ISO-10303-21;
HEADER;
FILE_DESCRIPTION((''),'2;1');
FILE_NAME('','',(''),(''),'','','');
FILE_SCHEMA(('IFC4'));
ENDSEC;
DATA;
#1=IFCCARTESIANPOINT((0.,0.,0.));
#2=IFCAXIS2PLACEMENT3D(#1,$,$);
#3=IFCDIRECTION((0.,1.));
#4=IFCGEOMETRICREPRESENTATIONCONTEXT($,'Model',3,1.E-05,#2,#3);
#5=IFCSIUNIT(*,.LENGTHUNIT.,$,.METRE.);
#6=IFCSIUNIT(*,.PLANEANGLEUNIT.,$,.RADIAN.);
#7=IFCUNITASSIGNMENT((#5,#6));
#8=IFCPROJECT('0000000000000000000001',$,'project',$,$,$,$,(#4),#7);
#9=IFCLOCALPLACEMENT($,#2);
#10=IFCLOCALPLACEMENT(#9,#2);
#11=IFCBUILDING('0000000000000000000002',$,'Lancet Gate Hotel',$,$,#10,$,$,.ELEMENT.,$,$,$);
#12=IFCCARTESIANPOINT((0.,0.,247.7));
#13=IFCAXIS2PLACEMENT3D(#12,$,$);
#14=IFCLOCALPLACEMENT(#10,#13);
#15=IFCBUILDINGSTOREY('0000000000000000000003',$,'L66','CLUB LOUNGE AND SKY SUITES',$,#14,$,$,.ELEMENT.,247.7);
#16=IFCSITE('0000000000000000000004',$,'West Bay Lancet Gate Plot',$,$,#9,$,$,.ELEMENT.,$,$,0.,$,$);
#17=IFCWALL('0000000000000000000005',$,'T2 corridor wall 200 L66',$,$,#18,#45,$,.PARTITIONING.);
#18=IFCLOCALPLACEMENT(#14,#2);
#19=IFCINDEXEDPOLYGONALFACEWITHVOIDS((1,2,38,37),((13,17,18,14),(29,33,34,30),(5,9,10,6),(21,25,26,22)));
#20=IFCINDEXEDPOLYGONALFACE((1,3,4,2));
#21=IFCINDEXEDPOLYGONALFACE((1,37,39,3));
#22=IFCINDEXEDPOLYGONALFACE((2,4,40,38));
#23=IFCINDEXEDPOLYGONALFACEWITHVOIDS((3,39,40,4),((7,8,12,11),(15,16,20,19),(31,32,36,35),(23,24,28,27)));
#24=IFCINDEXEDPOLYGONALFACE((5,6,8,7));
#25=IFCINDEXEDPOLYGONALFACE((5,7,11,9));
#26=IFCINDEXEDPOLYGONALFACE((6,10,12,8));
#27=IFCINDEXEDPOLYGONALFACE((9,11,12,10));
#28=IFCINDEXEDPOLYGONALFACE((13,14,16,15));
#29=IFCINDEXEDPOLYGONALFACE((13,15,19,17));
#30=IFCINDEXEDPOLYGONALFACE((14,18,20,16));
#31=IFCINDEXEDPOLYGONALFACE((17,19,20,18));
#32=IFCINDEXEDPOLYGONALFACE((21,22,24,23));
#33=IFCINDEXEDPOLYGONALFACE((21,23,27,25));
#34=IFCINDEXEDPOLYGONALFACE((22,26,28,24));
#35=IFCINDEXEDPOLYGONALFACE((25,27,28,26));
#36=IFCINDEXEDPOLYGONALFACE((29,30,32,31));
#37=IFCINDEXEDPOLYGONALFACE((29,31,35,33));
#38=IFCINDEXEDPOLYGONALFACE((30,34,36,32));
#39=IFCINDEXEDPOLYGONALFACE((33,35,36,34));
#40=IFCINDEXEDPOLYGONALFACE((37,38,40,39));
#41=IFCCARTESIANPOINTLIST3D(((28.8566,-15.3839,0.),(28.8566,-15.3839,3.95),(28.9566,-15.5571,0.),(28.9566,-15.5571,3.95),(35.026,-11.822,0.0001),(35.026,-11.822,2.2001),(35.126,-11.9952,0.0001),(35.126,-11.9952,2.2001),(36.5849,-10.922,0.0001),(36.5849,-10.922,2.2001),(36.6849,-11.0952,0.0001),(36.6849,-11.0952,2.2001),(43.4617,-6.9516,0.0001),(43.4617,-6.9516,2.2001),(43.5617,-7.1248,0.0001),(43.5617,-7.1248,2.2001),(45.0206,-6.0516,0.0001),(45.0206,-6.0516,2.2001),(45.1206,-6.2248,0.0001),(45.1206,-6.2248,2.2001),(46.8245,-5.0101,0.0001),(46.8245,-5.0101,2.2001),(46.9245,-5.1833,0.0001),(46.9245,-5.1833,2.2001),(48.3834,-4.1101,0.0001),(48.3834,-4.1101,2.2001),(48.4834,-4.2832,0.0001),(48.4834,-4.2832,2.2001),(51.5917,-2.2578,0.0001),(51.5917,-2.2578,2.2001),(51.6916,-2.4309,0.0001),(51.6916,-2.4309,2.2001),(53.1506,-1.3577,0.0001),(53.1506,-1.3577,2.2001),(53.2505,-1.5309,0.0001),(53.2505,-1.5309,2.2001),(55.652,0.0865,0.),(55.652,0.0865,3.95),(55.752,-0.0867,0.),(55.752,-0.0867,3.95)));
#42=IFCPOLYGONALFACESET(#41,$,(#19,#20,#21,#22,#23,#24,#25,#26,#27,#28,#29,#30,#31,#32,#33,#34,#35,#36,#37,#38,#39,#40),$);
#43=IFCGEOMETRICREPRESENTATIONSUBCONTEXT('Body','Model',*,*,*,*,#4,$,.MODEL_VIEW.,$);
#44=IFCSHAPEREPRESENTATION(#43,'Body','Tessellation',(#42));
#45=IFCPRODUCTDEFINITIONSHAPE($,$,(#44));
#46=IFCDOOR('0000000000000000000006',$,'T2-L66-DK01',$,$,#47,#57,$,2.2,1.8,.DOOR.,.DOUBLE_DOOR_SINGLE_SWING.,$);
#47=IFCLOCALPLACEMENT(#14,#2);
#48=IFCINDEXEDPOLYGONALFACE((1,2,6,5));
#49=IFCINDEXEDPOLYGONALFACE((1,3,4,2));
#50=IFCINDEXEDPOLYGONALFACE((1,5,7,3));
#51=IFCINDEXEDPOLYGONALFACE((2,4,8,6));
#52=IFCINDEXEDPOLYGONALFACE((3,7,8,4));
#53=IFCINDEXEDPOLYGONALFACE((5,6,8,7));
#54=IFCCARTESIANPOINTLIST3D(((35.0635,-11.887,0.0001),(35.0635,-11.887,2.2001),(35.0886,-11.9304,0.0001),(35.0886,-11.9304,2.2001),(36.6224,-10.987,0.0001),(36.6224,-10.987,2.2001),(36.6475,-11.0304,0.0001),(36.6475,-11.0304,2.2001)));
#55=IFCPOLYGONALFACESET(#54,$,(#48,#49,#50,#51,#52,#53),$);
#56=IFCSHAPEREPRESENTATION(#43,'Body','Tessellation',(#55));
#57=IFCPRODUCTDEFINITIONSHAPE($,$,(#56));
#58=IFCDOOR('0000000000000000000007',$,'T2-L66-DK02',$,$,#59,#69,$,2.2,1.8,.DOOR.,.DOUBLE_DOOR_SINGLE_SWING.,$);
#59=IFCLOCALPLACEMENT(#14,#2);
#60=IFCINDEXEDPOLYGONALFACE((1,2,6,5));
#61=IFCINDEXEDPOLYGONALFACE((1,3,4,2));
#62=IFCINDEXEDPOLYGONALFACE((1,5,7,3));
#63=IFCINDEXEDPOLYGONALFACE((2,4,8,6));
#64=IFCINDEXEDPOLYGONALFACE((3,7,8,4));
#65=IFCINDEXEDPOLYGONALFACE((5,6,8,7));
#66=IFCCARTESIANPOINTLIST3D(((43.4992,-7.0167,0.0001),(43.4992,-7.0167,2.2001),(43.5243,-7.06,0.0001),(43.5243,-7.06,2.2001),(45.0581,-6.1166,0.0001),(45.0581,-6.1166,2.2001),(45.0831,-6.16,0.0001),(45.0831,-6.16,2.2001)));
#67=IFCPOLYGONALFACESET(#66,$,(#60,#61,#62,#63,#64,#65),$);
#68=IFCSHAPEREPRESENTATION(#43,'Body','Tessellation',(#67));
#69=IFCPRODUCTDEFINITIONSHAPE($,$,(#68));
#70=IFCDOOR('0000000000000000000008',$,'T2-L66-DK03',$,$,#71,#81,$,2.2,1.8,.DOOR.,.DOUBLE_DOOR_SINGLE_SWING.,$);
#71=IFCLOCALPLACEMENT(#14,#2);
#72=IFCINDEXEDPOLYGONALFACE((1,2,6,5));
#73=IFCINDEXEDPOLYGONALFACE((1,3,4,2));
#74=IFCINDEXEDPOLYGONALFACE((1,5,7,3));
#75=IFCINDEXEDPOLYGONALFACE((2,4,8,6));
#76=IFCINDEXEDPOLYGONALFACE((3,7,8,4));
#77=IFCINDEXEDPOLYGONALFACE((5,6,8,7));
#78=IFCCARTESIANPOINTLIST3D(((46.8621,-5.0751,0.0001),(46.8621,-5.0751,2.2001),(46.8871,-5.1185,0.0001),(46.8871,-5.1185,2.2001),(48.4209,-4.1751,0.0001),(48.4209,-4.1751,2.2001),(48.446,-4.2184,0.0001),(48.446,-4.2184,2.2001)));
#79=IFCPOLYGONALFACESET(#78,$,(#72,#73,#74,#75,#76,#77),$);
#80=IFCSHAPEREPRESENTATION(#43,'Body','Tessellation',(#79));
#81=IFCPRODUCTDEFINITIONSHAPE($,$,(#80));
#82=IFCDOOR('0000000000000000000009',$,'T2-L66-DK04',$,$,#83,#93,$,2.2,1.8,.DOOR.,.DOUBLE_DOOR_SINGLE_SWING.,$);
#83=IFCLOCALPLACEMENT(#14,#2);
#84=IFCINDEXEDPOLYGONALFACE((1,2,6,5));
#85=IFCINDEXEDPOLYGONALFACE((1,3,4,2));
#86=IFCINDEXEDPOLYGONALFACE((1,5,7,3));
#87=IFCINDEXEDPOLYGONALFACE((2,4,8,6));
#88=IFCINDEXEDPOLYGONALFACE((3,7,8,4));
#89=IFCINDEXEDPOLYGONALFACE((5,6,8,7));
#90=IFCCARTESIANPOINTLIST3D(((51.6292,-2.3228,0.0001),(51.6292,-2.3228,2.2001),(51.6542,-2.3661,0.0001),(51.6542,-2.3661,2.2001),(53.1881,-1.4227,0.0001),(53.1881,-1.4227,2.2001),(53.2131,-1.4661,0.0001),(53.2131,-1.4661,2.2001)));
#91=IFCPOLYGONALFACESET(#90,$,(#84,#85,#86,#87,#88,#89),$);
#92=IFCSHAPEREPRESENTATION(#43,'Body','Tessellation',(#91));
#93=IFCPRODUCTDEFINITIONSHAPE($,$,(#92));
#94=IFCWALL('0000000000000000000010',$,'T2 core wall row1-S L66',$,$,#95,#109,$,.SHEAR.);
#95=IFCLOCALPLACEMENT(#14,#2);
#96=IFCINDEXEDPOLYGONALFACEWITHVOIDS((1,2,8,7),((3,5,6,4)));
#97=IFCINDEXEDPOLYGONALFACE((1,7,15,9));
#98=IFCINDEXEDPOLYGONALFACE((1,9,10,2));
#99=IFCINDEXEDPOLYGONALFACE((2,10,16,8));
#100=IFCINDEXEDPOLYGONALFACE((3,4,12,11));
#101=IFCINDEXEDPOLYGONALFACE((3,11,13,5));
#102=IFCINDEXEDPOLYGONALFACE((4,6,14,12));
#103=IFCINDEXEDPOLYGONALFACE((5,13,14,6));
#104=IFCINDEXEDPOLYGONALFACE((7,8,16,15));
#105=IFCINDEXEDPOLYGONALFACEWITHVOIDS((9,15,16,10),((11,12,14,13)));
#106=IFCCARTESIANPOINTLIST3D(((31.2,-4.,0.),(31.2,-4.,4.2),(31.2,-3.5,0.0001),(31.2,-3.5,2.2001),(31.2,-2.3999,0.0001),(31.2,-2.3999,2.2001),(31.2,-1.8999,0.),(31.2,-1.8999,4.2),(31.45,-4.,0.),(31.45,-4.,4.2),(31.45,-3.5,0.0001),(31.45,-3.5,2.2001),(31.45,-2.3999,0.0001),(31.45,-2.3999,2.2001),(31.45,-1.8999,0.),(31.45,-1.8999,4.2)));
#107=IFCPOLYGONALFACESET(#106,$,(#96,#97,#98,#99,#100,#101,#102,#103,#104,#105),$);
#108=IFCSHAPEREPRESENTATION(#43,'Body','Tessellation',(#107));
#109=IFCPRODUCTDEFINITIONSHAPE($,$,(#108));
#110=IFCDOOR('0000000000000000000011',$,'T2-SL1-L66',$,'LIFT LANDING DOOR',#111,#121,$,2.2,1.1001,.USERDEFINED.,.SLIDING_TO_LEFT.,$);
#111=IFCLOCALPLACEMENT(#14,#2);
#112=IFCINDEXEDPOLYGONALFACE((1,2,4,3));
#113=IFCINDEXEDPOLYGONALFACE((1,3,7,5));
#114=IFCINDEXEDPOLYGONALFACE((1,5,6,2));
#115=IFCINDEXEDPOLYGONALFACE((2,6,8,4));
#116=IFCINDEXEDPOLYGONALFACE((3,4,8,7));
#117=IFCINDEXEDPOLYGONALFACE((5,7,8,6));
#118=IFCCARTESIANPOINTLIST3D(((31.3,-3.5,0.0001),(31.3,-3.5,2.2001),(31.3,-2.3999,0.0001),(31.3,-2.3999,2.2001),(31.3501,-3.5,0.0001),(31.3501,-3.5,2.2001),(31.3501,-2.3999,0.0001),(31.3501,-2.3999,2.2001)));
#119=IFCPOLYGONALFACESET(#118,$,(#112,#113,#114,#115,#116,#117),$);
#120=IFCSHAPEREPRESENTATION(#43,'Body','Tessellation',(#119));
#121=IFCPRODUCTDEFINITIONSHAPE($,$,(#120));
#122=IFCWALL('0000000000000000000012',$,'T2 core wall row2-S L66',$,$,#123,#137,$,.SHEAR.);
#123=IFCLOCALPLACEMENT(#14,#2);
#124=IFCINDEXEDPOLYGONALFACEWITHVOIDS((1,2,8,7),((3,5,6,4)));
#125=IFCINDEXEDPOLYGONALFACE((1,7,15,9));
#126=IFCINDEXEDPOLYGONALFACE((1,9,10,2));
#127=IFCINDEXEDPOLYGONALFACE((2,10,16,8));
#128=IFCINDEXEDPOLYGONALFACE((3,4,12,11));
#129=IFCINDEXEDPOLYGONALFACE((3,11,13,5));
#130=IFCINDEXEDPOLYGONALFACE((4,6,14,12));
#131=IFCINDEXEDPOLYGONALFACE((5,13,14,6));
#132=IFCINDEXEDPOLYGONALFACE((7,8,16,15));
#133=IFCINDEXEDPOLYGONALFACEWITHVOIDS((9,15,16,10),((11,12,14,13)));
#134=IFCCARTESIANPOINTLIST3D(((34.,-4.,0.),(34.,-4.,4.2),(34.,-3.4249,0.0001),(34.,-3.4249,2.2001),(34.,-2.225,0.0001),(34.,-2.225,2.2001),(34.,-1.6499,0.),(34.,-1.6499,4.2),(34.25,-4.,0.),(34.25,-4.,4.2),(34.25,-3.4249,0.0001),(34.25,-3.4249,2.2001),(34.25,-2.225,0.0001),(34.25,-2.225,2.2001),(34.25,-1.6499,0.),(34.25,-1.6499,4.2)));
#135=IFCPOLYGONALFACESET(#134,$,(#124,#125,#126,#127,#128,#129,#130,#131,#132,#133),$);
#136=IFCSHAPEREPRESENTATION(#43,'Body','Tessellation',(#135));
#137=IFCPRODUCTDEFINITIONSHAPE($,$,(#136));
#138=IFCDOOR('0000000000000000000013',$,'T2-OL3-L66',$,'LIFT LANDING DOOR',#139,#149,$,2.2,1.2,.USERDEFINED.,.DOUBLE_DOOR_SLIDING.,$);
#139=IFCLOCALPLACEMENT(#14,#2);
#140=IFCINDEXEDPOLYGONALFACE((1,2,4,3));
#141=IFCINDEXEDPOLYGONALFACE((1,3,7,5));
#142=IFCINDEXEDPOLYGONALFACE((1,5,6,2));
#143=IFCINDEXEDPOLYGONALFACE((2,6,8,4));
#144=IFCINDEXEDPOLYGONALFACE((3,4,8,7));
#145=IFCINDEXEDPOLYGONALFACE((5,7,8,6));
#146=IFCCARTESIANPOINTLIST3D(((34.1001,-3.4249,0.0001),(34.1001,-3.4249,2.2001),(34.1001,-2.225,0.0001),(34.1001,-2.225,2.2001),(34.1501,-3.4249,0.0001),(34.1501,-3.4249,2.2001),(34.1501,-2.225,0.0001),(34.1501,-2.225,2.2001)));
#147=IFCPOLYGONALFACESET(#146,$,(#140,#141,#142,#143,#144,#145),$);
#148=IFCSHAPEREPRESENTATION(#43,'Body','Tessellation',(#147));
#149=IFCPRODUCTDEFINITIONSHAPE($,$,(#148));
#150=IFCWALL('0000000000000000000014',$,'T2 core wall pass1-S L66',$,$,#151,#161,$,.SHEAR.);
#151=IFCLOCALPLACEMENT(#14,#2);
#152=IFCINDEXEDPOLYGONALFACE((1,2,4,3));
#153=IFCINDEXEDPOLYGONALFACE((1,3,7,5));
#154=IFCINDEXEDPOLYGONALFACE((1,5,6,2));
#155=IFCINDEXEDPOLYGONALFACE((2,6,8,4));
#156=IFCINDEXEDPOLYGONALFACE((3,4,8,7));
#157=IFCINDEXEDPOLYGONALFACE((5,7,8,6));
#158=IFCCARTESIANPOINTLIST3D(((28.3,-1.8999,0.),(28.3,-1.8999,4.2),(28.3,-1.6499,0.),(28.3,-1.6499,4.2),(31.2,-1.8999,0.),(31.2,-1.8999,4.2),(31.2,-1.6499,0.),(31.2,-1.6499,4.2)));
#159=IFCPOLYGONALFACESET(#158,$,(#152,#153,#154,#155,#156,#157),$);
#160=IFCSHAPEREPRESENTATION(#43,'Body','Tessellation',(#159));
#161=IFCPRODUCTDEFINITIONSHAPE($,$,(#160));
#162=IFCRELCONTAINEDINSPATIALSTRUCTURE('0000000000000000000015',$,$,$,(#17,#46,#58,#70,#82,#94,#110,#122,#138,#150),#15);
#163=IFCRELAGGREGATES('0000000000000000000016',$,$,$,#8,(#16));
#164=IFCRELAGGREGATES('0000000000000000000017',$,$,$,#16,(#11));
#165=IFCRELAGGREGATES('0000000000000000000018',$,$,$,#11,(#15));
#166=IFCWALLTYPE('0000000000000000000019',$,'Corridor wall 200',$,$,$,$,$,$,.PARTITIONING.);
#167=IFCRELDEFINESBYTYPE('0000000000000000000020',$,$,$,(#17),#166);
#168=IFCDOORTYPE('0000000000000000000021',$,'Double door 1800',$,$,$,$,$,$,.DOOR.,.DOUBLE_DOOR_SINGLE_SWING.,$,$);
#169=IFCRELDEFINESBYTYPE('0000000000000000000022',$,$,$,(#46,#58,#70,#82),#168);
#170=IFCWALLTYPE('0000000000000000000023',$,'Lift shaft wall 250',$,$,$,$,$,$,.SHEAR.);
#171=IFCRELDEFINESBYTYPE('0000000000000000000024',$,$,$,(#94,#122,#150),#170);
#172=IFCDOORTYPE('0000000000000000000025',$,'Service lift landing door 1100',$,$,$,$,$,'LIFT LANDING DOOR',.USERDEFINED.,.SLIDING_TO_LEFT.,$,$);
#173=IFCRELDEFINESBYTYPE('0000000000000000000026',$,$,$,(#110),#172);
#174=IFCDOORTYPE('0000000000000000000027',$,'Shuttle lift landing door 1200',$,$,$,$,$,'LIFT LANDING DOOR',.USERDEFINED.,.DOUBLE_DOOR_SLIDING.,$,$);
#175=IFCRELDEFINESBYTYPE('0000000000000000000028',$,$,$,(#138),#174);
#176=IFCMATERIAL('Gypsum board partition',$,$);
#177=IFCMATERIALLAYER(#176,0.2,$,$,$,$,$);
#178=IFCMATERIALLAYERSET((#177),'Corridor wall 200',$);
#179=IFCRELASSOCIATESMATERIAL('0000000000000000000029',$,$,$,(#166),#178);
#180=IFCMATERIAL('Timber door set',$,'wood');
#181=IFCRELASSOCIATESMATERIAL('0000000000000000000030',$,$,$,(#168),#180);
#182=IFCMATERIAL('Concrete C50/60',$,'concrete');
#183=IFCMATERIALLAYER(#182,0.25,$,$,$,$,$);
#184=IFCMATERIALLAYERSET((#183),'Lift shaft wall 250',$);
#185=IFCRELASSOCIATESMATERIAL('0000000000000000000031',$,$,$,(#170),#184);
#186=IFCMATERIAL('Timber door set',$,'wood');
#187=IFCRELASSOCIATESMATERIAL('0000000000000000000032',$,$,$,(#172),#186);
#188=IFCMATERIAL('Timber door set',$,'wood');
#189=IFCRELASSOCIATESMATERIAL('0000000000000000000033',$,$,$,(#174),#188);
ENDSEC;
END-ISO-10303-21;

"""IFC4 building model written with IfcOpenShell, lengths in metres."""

from ifc_helpers import new_model, si_unit, direction, frame, frame_2d, origin, place, context, subcontext, project, spatial, rectangle, extrude, material, layer, layer_set, type_object, element, fill, save


model = new_model("IFC4")

# Units and contexts
model_context = context("Model", 3, precision=1e-05, world=origin(), true_north=direction((0.0, 1.0)))
body_context = subcontext(model_context, "Body", "Model", "MODEL_VIEW")
ifc_project = project(units=[si_unit("LENGTHUNIT", "METRE"), si_unit("PLANEANGLEUNIT", "RADIAN")], contexts=[model_context])

# Site, building, storey
site_placement = place(None, origin())
site = spatial("IfcSite", under=ifc_project, at=site_placement, Name="West Bay Lancet Gate Plot", CompositionType="ELEMENT", RefElevation=0.0)
building_placement = place(site_placement, origin())
building = spatial("IfcBuilding", under=site, at=building_placement, Name="Lancet Gate Hotel", CompositionType="ELEMENT")
storey_placement = place(building_placement, frame((0.0, 0.0, 247.7)))
storey = spatial("IfcBuildingStorey", under=building, at=storey_placement, Name="L66", Description="CLUB LOUNGE AND SKY SUITES", CompositionType="ELEMENT", Elevation=247.7)

# Wall, openings, doors
ifc_material_1 = material(Name="Gypsum board partition")
ifc_layer_1 = layer(ifc_material_1, 0.2)
ifc_layer_set_1 = layer_set([ifc_layer_1], Name="Corridor wall 200")
wall_type_1 = type_object("IfcWallType", Name="Corridor wall 200", PredefinedType="PARTITIONING", material=ifc_layer_set_1)
wall_1_placement = place(storey_placement, frame((28.9067, -15.4705, 0.0), z_axis=(0.0, 0.0, 1.0), x_axis=(0.866024, 0.500003, 0.0)))
wall_1 = element("IfcWall", 1, at=wall_1_placement, inside=storey, type_object=wall_type_1, Name="T2 corridor wall 200 L66", PredefinedType="PARTITIONING", context=body_context, shape_type="SweptSolid", body=[
    extrude(rectangle(XDim=30.9407, YDim=0.2, at=frame_2d((15.4702, 0.0))), origin(), (0.0, 0.0, 1.0), 3.95),
])
opening_1_placement = place(wall_1_placement, frame((7.1238, 0.0, 0.0)))
opening_1 = element("IfcOpeningElement", 2, at=opening_1_placement, cuts=wall_1, PredefinedType="OPENING", context=body_context, shape_type="SweptSolid", body=[
    extrude(rectangle(XDim=1.8, YDim=2.2, at=frame_2d((0.8999, 1.1001))), frame((0.0, 0.1099, 0.0), z_axis=(0.0, -1.0, 0.0), x_axis=(1.0, 0.0, 0.0)), (0.0, 0.0, 1.0), 0.22),
])
opening_2_placement = place(wall_1_placement, frame((16.8645, 0.0, 0.0)))
opening_2 = element("IfcOpeningElement", 3, at=opening_2_placement, cuts=wall_1, PredefinedType="OPENING", context=body_context, shape_type="SweptSolid", body=[
    extrude(rectangle(XDim=1.8, YDim=2.2, at=frame_2d((0.8999, 1.1001))), frame((0.0, 0.1099, 0.0), z_axis=(0.0, -1.0, 0.0), x_axis=(1.0, 0.0, 0.0)), (0.0, 0.0, 1.0), 0.22),
])
opening_3_placement = place(wall_1_placement, frame((20.7476, 0.0, 0.0)))
opening_3 = element("IfcOpeningElement", 4, at=opening_3_placement, cuts=wall_1, PredefinedType="OPENING", context=body_context, shape_type="SweptSolid", body=[
    extrude(rectangle(XDim=1.8, YDim=2.2, at=frame_2d((0.8999, 1.1001))), frame((0.0, 0.1099, 0.0), z_axis=(0.0, -1.0, 0.0), x_axis=(1.0, 0.0, 0.0)), (0.0, 0.0, 1.0), 0.22),
])
opening_4_placement = place(wall_1_placement, frame((26.2522, 0.0, 0.0)))
opening_4 = element("IfcOpeningElement", 5, at=opening_4_placement, cuts=wall_1, PredefinedType="OPENING", context=body_context, shape_type="SweptSolid", body=[
    extrude(rectangle(XDim=1.8, YDim=2.2, at=frame_2d((0.8999, 1.1001))), frame((0.0, 0.1099, 0.0), z_axis=(0.0, -1.0, 0.0), x_axis=(1.0, 0.0, 0.0)), (0.0, 0.0, 1.0), 0.22),
])
ifc_material_2 = material(Name="Timber door set", Category="wood")
door_type_1 = type_object("IfcDoorType", Name="Double door 1800", OperationType="DOUBLE_DOOR_SINGLE_SWING", PredefinedType="DOOR", material=ifc_material_2)
door_1_placement = place(opening_1_placement, origin())
door_1 = element("IfcDoor", 6, at=door_1_placement, inside=storey, type_object=door_type_1, Name="T2-L66-DK01", OperationType="DOUBLE_DOOR_SINGLE_SWING", OverallHeight=2.2, OverallWidth=1.8, PredefinedType="DOOR", context=body_context, shape_type="SweptSolid", body=[
    extrude(rectangle(XDim=1.8, YDim=2.2, at=frame_2d((0.8999, 1.1001))), frame((0.0, 0.0249, 0.0), z_axis=(0.0, -1.0, 0.0), x_axis=(1.0, 0.0, 0.0)), (0.0, 0.0, 1.0), 0.05),
])
fill(opening_1, door_1)
door_2_placement = place(opening_2_placement, origin())
door_2 = element("IfcDoor", 7, at=door_2_placement, inside=storey, type_object=door_type_1, Name="T2-L66-DK02", OperationType="DOUBLE_DOOR_SINGLE_SWING", OverallHeight=2.2, OverallWidth=1.8, PredefinedType="DOOR", context=body_context, shape_type="SweptSolid", body=[
    extrude(rectangle(XDim=1.8, YDim=2.2, at=frame_2d((0.8999, 1.1001))), frame((0.0, 0.0249, 0.0), z_axis=(0.0, -1.0, 0.0), x_axis=(1.0, 0.0, 0.0)), (0.0, 0.0, 1.0), 0.05),
])
fill(opening_2, door_2)
door_3_placement = place(opening_3_placement, origin())
door_3 = element("IfcDoor", 8, at=door_3_placement, inside=storey, type_object=door_type_1, Name="T2-L66-DK03", OperationType="DOUBLE_DOOR_SINGLE_SWING", OverallHeight=2.2, OverallWidth=1.8, PredefinedType="DOOR", context=body_context, shape_type="SweptSolid", body=[
    extrude(rectangle(XDim=1.8, YDim=2.2, at=frame_2d((0.8999, 1.1001))), frame((0.0, 0.0249, 0.0), z_axis=(0.0, -1.0, 0.0), x_axis=(1.0, 0.0, 0.0)), (0.0, 0.0, 1.0), 0.05),
])
fill(opening_3, door_3)
door_4_placement = place(opening_4_placement, origin())
door_4 = element("IfcDoor", 9, at=door_4_placement, inside=storey, type_object=door_type_1, Name="T2-L66-DK04", OperationType="DOUBLE_DOOR_SINGLE_SWING", OverallHeight=2.2, OverallWidth=1.8, PredefinedType="DOOR", context=body_context, shape_type="SweptSolid", body=[
    extrude(rectangle(XDim=1.8, YDim=2.2, at=frame_2d((0.8999, 1.1001))), frame((0.0, 0.0249, 0.0), z_axis=(0.0, -1.0, 0.0), x_axis=(1.0, 0.0, 0.0)), (0.0, 0.0, 1.0), 0.05),
])
fill(opening_4, door_4)

# Walls, openings, doors
ifc_material_3 = material(Name="Concrete C50/60", Category="concrete")
ifc_layer_2 = layer(ifc_material_3, 0.25)
ifc_layer_set_2 = layer_set([ifc_layer_2], Name="Lift shaft wall 250")
wall_type_2 = type_object("IfcWallType", Name="Lift shaft wall 250", PredefinedType="SHEAR", material=ifc_layer_set_2)
wall_2_placement = place(storey_placement, frame((31.325, -4.0, 0.0), z_axis=(0.0, 0.0, 1.0), x_axis=(0.0, 1.0, 0.0)))
wall_2 = element("IfcWall", 10, at=wall_2_placement, inside=storey, type_object=wall_type_2, Name="T2 core wall row1-S L66", PredefinedType="SHEAR", context=body_context, shape_type="SweptSolid", body=[
    extrude(rectangle(XDim=2.1001, YDim=0.25, at=frame_2d((1.05, 0.0))), origin(), (0.0, 0.0, 1.0), 4.2),
])
opening_5_placement = place(wall_2_placement, frame((0.5, 0.0, 0.0)))
opening_5 = element("IfcOpeningElement", 11, at=opening_5_placement, cuts=wall_2, PredefinedType="OPENING", context=body_context, shape_type="SweptSolid", body=[
    extrude(rectangle(XDim=1.1001, YDim=2.2, at=frame_2d((0.55, 1.1001))), frame((0.0, 0.135, 0.0), z_axis=(0.0, -1.0, 0.0), x_axis=(1.0, 0.0, 0.0)), (0.0, 0.0, 1.0), 0.27),
])
ifc_material_4 = material(Name="Timber door set", Category="wood")
door_type_2 = type_object("IfcDoorType", Name="Service lift landing door 1100", ElementType="LIFT LANDING DOOR", OperationType="SLIDING_TO_LEFT", PredefinedType="USERDEFINED", material=ifc_material_4)
door_5_placement = place(opening_5_placement, origin())
door_5 = element("IfcDoor", 12, at=door_5_placement, inside=storey, type_object=door_type_2, Name="T2-SL1-L66", ObjectType="LIFT LANDING DOOR", OperationType="SLIDING_TO_LEFT", OverallHeight=2.2, OverallWidth=1.1001, PredefinedType="USERDEFINED", context=body_context, shape_type="SweptSolid", body=[
    extrude(rectangle(XDim=1.1001, YDim=2.2, at=frame_2d((0.55, 1.1001))), frame((0.0, 0.0249, 0.0), z_axis=(0.0, -1.0, 0.0), x_axis=(1.0, 0.0, 0.0)), (0.0, 0.0, 1.0), 0.05),
])
fill(opening_5, door_5)
wall_3_placement = place(storey_placement, frame((34.125, -4.0, 0.0), z_axis=(0.0, 0.0, 1.0), x_axis=(0.0, 1.0, 0.0)))
wall_3 = element("IfcWall", 13, at=wall_3_placement, inside=storey, type_object=wall_type_2, Name="T2 core wall row2-S L66", PredefinedType="SHEAR", context=body_context, shape_type="SweptSolid", body=[
    extrude(rectangle(XDim=2.3501, YDim=0.25, at=frame_2d((1.175, 0.0))), origin(), (0.0, 0.0, 1.0), 4.2),
])
opening_6_placement = place(wall_3_placement, frame((0.575, 0.0, 0.0)))
opening_6 = element("IfcOpeningElement", 14, at=opening_6_placement, cuts=wall_3, PredefinedType="OPENING", context=body_context, shape_type="SweptSolid", body=[
    extrude(rectangle(XDim=1.2, YDim=2.2, at=frame_2d((0.6001, 1.1001))), frame((0.0, 0.135, 0.0), z_axis=(0.0, -1.0, 0.0), x_axis=(1.0, 0.0, 0.0)), (0.0, 0.0, 1.0), 0.27),
])
ifc_material_5 = material(Name="Timber door set", Category="wood")
door_type_3 = type_object("IfcDoorType", Name="Shuttle lift landing door 1200", ElementType="LIFT LANDING DOOR", OperationType="DOUBLE_DOOR_SLIDING", PredefinedType="USERDEFINED", material=ifc_material_5)
door_6_placement = place(opening_6_placement, origin())
door_6 = element("IfcDoor", 15, at=door_6_placement, inside=storey, type_object=door_type_3, Name="T2-OL3-L66", ObjectType="LIFT LANDING DOOR", OperationType="DOUBLE_DOOR_SLIDING", OverallHeight=2.2, OverallWidth=1.2, PredefinedType="USERDEFINED", context=body_context, shape_type="SweptSolid", body=[
    extrude(rectangle(XDim=1.2, YDim=2.2, at=frame_2d((0.6001, 1.1001))), frame((0.0, 0.0249, 0.0), z_axis=(0.0, -1.0, 0.0), x_axis=(1.0, 0.0, 0.0)), (0.0, 0.0, 1.0), 0.05),
])
fill(opening_6, door_6)

# Wall
wall_4_placement = place(storey_placement, frame((28.3, -1.7749, 0.0), z_axis=(0.0, 0.0, 1.0), x_axis=(1.0, 0.0, 0.0)))
element("IfcWall", 16, at=wall_4_placement, inside=storey, type_object=wall_type_2, Name="T2 core wall pass1-S L66", PredefinedType="SHEAR", context=body_context, shape_type="SweptSolid", body=[
    extrude(rectangle(XDim=2.8999, YDim=0.25, at=frame_2d((1.45, 0.0))), origin(), (0.0, 0.0, 1.0), 4.2),
])

save(model, "model.ifc")
